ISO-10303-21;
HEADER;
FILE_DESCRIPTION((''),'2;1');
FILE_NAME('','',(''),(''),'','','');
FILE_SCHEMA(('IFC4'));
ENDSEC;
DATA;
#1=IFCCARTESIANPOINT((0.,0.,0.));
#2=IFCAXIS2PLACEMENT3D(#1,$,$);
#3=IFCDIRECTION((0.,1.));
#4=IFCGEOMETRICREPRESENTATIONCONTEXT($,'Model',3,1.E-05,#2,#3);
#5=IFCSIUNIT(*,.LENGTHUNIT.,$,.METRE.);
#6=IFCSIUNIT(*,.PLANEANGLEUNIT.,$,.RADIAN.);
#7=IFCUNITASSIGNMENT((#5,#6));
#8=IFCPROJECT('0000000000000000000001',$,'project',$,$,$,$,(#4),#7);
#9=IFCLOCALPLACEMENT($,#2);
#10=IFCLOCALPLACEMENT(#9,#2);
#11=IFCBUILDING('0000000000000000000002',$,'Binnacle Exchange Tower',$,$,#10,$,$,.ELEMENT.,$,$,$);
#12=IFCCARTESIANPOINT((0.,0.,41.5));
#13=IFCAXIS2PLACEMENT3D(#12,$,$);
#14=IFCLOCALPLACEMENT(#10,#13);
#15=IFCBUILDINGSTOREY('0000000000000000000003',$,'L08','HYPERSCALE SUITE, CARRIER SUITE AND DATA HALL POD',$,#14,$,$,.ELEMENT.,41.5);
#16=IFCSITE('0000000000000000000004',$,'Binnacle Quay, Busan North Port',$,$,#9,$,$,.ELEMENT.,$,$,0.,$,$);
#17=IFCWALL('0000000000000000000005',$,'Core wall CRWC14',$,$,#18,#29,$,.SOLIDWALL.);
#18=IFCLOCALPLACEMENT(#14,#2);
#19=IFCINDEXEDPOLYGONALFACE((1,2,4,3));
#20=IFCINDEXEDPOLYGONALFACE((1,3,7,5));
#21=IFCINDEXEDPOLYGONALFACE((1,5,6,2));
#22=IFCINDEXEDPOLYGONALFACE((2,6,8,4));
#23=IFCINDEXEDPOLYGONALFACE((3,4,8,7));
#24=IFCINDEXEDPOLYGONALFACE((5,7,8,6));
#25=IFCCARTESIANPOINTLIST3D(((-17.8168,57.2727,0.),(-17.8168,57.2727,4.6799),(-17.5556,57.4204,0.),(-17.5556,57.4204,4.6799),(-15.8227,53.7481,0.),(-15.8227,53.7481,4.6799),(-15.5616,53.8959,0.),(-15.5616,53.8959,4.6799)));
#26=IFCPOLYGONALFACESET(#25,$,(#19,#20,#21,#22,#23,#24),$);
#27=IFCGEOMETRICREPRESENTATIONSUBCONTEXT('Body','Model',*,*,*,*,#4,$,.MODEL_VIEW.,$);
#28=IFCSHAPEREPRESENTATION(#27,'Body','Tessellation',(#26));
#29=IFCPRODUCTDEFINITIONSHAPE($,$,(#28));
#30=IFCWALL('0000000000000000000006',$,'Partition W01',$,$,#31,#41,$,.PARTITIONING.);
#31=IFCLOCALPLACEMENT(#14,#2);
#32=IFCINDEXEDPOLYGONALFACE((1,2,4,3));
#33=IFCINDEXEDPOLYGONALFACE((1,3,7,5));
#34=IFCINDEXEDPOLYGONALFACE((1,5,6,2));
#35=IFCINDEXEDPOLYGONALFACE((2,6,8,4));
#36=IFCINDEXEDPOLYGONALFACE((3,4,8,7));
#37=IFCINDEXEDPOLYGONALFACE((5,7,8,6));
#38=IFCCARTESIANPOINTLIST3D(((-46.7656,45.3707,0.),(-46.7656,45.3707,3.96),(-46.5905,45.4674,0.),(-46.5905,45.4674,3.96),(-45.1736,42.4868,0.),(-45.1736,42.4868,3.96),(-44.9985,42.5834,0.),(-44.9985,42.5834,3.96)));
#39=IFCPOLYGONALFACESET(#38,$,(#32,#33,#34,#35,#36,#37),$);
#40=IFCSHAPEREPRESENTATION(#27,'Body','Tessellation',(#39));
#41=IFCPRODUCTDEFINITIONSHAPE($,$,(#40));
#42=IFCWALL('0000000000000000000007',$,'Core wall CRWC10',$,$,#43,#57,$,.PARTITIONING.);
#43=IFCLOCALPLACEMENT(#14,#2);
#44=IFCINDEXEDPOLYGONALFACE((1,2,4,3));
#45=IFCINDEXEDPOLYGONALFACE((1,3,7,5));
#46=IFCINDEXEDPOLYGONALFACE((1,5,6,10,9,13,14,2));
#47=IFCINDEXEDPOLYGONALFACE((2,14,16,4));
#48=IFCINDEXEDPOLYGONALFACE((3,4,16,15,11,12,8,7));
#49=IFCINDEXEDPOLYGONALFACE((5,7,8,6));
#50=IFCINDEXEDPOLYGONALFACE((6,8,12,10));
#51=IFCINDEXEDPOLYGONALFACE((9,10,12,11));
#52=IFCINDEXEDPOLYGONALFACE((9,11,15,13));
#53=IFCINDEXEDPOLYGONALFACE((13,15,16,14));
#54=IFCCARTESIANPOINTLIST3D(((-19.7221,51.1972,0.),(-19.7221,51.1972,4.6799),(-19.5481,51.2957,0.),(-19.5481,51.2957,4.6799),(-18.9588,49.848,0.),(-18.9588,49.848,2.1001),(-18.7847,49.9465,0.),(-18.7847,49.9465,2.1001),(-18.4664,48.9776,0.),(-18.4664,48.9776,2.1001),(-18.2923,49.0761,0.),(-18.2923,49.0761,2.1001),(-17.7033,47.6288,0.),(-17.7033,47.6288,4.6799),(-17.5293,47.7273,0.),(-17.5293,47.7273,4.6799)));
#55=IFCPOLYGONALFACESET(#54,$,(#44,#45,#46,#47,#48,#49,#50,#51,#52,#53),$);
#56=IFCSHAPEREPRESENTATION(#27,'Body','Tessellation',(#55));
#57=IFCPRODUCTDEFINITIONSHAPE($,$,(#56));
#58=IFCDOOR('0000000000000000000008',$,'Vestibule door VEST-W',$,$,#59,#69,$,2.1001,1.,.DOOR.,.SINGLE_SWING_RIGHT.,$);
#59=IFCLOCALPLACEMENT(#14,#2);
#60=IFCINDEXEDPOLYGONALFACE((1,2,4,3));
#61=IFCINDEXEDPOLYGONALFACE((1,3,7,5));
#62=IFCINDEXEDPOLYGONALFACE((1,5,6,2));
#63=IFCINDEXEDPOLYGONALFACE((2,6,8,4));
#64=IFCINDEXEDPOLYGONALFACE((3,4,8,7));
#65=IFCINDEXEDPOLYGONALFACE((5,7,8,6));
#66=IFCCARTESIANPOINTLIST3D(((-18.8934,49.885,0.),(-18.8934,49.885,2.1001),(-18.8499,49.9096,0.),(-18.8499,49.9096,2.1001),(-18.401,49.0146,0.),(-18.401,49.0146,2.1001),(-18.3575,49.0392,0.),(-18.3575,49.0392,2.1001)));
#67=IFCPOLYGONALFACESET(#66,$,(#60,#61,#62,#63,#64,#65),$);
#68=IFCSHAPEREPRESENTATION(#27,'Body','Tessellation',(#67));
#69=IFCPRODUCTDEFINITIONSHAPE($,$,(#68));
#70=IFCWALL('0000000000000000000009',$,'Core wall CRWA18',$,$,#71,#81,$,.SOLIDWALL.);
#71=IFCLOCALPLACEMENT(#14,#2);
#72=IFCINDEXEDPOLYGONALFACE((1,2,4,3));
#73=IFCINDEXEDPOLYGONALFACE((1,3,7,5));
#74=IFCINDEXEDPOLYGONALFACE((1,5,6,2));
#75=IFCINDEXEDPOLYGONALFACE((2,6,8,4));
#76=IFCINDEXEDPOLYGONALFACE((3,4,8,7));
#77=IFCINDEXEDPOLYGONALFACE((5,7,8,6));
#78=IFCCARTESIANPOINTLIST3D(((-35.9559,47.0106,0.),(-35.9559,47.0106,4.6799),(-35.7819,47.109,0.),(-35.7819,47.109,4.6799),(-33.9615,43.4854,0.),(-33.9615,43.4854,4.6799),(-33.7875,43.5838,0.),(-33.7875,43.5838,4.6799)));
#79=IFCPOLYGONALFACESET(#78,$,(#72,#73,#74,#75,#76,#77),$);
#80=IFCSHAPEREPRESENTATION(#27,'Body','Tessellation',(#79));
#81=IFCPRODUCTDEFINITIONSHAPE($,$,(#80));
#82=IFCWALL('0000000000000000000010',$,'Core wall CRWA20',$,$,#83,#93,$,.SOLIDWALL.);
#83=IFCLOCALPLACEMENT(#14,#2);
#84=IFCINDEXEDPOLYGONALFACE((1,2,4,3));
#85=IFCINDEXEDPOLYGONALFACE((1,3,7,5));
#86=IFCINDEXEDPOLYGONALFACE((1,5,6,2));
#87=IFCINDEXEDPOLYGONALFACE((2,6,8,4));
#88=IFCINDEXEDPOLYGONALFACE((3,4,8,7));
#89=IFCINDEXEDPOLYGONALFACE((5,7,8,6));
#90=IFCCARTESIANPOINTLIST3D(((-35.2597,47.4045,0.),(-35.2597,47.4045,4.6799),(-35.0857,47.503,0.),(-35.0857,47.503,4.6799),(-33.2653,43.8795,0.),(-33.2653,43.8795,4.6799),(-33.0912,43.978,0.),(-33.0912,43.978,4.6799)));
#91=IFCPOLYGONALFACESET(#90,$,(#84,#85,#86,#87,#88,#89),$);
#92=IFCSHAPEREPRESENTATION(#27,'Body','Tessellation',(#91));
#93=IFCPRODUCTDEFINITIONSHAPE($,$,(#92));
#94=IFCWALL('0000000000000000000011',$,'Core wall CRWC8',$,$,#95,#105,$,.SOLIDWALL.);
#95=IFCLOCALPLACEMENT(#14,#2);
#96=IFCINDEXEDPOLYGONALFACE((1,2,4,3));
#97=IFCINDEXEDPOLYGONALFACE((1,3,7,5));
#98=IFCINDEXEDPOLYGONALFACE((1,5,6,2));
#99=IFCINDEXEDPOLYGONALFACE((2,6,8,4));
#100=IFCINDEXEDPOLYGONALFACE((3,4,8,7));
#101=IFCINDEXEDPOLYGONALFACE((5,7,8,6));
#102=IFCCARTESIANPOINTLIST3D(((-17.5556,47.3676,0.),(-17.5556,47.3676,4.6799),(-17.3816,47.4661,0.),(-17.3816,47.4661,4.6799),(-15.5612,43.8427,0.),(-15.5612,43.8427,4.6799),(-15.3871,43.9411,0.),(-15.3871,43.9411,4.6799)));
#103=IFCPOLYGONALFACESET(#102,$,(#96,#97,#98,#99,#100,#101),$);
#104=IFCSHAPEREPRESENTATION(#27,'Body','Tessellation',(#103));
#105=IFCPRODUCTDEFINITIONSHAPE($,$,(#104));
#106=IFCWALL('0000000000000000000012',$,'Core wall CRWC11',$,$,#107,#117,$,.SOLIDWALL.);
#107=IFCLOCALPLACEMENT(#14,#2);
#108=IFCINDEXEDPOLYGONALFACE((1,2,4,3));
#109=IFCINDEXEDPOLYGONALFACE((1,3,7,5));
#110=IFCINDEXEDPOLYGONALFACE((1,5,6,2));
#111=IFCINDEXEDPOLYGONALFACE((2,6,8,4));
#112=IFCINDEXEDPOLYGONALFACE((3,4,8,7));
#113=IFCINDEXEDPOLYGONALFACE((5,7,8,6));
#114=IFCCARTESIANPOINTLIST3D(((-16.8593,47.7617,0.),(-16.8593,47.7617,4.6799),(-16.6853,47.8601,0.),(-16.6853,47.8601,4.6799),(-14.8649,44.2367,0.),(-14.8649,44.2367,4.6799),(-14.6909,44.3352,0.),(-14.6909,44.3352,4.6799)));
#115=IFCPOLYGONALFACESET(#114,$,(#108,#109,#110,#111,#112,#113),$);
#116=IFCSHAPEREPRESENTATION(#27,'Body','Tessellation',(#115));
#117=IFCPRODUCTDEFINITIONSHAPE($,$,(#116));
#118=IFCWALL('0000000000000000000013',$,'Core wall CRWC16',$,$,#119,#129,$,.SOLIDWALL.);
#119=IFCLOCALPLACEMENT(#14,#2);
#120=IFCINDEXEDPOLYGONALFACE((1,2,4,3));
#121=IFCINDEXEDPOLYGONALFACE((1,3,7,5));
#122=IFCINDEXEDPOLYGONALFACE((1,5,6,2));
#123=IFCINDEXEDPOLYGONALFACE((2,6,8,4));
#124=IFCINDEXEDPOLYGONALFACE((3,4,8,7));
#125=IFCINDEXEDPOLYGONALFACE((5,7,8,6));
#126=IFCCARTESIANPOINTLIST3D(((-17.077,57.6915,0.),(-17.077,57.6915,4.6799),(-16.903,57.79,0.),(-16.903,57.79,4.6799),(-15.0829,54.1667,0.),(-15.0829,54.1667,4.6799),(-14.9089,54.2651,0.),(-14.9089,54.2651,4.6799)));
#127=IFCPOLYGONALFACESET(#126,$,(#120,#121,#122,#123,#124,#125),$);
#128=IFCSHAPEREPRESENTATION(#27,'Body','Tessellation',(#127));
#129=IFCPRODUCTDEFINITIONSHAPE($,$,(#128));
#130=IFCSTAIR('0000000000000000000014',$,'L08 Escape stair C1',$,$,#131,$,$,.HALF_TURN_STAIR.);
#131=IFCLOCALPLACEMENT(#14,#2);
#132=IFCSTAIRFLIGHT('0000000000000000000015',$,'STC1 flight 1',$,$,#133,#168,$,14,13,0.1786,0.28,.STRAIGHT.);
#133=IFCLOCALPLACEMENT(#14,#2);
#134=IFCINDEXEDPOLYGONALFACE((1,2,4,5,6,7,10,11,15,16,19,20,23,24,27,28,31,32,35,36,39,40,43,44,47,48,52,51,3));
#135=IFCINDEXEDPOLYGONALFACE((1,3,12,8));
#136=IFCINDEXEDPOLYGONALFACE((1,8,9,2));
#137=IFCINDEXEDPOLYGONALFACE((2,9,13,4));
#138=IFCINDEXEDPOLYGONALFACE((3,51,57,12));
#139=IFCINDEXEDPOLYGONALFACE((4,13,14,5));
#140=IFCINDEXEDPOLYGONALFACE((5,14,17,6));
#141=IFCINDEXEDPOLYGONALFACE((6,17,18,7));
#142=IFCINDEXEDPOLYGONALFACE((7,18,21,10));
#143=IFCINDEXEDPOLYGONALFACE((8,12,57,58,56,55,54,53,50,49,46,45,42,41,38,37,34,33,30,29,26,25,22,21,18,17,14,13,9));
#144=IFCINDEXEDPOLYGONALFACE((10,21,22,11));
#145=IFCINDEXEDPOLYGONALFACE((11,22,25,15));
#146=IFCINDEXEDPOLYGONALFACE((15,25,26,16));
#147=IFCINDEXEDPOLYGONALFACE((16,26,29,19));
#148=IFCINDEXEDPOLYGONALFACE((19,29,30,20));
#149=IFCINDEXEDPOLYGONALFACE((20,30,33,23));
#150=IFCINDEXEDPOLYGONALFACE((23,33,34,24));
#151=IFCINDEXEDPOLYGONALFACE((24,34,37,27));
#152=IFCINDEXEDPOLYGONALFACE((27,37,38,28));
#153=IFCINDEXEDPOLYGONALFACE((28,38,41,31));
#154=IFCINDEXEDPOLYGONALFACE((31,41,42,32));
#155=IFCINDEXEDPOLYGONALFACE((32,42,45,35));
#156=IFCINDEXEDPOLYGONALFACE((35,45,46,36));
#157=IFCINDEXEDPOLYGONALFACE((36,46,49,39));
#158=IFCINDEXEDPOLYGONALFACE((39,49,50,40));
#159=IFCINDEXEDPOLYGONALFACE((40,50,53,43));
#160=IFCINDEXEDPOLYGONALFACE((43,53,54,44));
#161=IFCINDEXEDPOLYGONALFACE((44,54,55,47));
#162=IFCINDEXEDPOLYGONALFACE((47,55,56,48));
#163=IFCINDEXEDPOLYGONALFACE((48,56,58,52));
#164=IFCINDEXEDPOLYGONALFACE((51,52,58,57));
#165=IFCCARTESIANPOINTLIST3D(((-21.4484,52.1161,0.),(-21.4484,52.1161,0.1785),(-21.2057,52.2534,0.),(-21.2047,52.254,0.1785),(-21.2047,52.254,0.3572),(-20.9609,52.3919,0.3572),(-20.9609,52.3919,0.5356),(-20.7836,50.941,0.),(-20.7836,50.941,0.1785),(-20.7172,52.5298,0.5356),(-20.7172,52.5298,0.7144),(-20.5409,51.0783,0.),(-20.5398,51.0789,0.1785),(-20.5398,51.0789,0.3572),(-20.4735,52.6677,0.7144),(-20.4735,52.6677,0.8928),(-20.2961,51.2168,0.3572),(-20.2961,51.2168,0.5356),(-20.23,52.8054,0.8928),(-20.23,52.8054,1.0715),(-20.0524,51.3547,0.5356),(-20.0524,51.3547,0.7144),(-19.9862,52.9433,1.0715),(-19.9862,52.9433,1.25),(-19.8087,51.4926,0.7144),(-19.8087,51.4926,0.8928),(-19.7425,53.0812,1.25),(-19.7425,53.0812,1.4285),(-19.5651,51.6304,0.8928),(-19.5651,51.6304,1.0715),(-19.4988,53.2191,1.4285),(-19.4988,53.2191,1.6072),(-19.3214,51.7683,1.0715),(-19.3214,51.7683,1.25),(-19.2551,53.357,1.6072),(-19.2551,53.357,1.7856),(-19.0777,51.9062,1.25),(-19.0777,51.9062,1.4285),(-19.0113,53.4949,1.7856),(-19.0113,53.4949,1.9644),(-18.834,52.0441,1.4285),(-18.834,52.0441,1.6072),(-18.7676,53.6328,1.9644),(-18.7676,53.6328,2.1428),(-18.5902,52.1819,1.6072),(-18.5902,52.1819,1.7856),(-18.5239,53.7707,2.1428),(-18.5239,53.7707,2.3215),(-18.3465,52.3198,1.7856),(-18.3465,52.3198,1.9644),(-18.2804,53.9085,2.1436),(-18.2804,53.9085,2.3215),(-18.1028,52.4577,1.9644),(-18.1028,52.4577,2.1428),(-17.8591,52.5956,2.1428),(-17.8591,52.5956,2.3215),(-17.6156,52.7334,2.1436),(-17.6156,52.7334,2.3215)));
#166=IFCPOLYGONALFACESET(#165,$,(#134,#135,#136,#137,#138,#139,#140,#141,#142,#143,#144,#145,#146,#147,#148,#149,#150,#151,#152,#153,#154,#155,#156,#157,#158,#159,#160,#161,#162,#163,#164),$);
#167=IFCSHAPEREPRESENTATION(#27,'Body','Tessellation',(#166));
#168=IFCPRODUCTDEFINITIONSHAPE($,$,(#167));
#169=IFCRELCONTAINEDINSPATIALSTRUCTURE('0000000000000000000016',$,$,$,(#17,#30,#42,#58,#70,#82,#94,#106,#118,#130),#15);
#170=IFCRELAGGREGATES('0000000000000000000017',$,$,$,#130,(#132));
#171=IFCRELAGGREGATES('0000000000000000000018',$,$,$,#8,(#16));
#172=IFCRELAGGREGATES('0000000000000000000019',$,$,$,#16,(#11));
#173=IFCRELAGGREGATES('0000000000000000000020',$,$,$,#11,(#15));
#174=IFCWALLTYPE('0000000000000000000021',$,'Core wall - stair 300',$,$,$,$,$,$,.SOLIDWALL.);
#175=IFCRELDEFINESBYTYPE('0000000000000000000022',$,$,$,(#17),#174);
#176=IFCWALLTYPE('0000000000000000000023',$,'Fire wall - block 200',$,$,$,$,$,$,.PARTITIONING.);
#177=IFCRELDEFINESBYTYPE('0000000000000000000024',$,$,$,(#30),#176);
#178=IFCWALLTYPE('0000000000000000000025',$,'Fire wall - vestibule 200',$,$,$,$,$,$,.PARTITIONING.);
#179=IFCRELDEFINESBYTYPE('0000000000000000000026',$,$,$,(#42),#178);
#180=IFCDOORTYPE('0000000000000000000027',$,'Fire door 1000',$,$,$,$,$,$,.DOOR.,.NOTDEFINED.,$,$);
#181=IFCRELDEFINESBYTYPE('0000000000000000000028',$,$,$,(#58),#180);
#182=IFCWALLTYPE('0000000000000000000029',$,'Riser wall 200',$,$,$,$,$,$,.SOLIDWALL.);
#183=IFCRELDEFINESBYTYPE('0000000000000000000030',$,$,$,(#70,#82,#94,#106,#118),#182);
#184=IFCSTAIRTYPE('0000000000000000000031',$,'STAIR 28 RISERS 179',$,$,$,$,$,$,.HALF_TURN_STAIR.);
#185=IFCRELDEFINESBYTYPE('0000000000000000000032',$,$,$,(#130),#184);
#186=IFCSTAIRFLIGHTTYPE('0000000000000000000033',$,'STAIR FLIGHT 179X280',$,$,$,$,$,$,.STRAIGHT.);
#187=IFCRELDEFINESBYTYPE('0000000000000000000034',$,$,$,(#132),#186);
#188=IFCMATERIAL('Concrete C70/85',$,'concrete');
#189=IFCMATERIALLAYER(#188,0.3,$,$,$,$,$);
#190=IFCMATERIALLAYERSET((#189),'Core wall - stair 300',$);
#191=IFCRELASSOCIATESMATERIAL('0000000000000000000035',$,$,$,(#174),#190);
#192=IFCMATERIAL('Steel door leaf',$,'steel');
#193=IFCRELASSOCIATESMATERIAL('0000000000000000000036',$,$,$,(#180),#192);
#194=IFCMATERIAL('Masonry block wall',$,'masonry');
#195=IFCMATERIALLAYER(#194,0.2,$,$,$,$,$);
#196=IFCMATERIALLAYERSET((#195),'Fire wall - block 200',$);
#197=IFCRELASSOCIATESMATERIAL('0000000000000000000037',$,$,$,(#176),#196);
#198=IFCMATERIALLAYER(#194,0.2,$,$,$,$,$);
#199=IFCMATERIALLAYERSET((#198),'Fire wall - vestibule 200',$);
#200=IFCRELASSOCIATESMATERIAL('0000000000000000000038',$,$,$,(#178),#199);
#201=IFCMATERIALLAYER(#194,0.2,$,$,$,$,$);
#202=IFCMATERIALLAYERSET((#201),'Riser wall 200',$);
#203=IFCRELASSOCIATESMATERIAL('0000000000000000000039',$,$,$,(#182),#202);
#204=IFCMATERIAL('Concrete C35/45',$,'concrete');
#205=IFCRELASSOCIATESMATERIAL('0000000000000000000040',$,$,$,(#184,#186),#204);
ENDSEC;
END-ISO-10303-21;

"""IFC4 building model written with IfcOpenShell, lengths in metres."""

from ifc_helpers import new_model, si_unit, direction, frame, frame_2d, origin, place, context, subcontext, project, spatial, polyline, rectangle, outline, extrude, material, layer, layer_set, type_object, element, fill, aggregate, save


model = new_model("IFC4")

# Units and contexts
model_context = context("Model", 3, precision=1e-05, world=origin(), true_north=direction((0.0, 1.0)))
body_context = subcontext(model_context, "Body", "Model", "MODEL_VIEW")
ifc_project = project(units=[si_unit("LENGTHUNIT", "METRE"), si_unit("PLANEANGLEUNIT", "RADIAN")], contexts=[model_context])

# Site, building, storey
site_placement = place(None, origin())
site = spatial("IfcSite", under=ifc_project, at=site_placement, Name="Binnacle Quay, Busan North Port", CompositionType="ELEMENT", RefElevation=0.0)
building_placement = place(site_placement, origin())
building = spatial("IfcBuilding", under=site, at=building_placement, Name="Binnacle Exchange Tower", CompositionType="ELEMENT")
storey_placement = place(building_placement, frame((0.0, 0.0, 41.5)))
storey = spatial("IfcBuildingStorey", under=building, at=storey_placement, Name="L08", Description="HYPERSCALE SUITE, CARRIER SUITE AND DATA HALL POD", CompositionType="ELEMENT", Elevation=41.5)

# Shared definitions
ifc_material_1 = material(Name="Concrete C70/85", Category="concrete")

# Shared definitions
ifc_material_2 = material(Name="Steel door leaf", Category="steel")

# Shared definitions
ifc_layer_1 = layer(ifc_material_1, 0.3)
ifc_layer_set_1 = layer_set([ifc_layer_1], Name="Core wall - stair 300")
wall_type_1 = type_object("IfcWallType", Name="Core wall - stair 300", PredefinedType="SOLIDWALL", material=ifc_layer_set_1)
door_type_1 = type_object("IfcDoorType", Name="Fire door 1000", OperationType="NOTDEFINED", PredefinedType="DOOR", material=ifc_material_2)

# Walls
wall_1_placement = place(storey_placement, frame((-17.6863, 57.3467, 0.0), z_axis=(0.0, 0.0, 1.0), x_axis=(0.492421, -0.870357, 0.0)))
element("IfcWall", 1, at=wall_1_placement, inside=storey, type_object=wall_type_1, Name="Core wall CRWC14", PredefinedType="SOLIDWALL", context=body_context, shape_type="SweptSolid", body=[
    extrude(rectangle(XDim=4.0496, YDim=0.3, at=frame_2d((2.0249, 0.0))), origin(), (0.0, 0.0, 1.0), 4.6799),
])
ifc_material_3 = material(Name="Masonry block wall", Category="masonry")
ifc_layer_2 = layer(ifc_material_3, 0.2)
ifc_layer_set_2 = layer_set([ifc_layer_2], Name="Fire wall - block 200")
wall_type_2 = type_object("IfcWallType", Name="Fire wall - block 200", PredefinedType="PARTITIONING", material=ifc_layer_set_2)
wall_2_placement = place(storey_placement, frame((-46.678, 45.4189, 0.0), z_axis=(0.0, 0.0, 1.0), x_axis=(0.483275, -0.875468, 0.0)))
element("IfcWall", 2, at=wall_2_placement, inside=storey, type_object=wall_type_2, Name="Partition W01", PredefinedType="PARTITIONING", context=body_context, shape_type="SweptSolid", body=[
    extrude(rectangle(XDim=3.2942, YDim=0.2, at=frame_2d((1.647, 0.0))), origin(), (0.0, 0.0, 1.0), 3.96),
])

# Wall, opening, door
ifc_layer_3 = layer(ifc_material_3, 0.2)
ifc_layer_set_3 = layer_set([ifc_layer_3], Name="Fire wall - vestibule 200")
wall_type_3 = type_object("IfcWallType", Name="Fire wall - vestibule 200", PredefinedType="PARTITIONING", material=ifc_layer_set_3)
wall_3_placement = place(storey_placement, frame((-19.635, 51.2463, 0.0), z_axis=(0.0, 0.0, 1.0), x_axis=(0.492408, -0.870364, 0.0)))
wall_3 = element("IfcWall", 3, at=wall_3_placement, inside=storey, type_object=wall_type_3, Name="Core wall CRWC10", PredefinedType="PARTITIONING", context=body_context, shape_type="SweptSolid", body=[
    extrude(rectangle(XDim=4.0999, YDim=0.2, at=frame_2d((2.0498, 0.0))), origin(), (0.0, 0.0, 1.0), 4.6799),
])
opening_1_placement = place(wall_3_placement, frame((1.55, 0.0, 0.0)))
opening_1 = element("IfcOpeningElement", 4, at=opening_1_placement, cuts=wall_3, PredefinedType="OPENING", context=body_context, shape_type="SweptSolid", body=[
    extrude(rectangle(XDim=1.0, YDim=2.1001, at=frame_2d((0.5, 1.05))), frame((0.0, 0.1099, 0.0), z_axis=(0.0, -1.0, 0.0), x_axis=(1.0, 0.0, 0.0)), (0.0, 0.0, 1.0), 0.22),
])
door_1_placement = place(opening_1_placement, frame((1.0, 0.0, 0.0), z_axis=(0.0, 0.0, 1.0), x_axis=(-1.0, 0.0, 0.0)))
door_1 = element("IfcDoor", 5, at=door_1_placement, inside=storey, type_object=door_type_1, Name="Vestibule door VEST-W", OperationType="SINGLE_SWING_RIGHT", OverallHeight=2.1001, OverallWidth=1.0, PredefinedType="DOOR", context=body_context, shape_type="SweptSolid", body=[
    extrude(rectangle(XDim=1.0, YDim=2.1001, at=frame_2d((0.5, 1.05))), frame((0.0, 0.0249, 0.0), z_axis=(0.0, -1.0, 0.0), x_axis=(1.0, 0.0, 0.0)), (0.0, 0.0, 1.0), 0.05),
])
fill(opening_1, door_1)

# Walls
ifc_layer_4 = layer(ifc_material_3, 0.2)
ifc_layer_set_4 = layer_set([ifc_layer_4], Name="Riser wall 200")
wall_type_4 = type_object("IfcWallType", Name="Riser wall 200", PredefinedType="SOLIDWALL", material=ifc_layer_set_4)
wall_4_placement = place(storey_placement, frame((-35.8689, 47.0598, 0.0), z_axis=(0.0, 0.0, 1.0), x_axis=(0.492415, -0.870361, 0.0)))
element("IfcWall", 6, at=wall_4_placement, inside=storey, type_object=wall_type_4, Name="Core wall CRWA18", PredefinedType="SOLIDWALL", context=body_context, shape_type="SweptSolid", body=[
    extrude(rectangle(XDim=4.0503, YDim=0.2, at=frame_2d((2.0251, 0.0))), origin(), (0.0, 0.0, 1.0), 4.6799),
])
for number, where, z_axis, x_axis, name in (
    (7, (-35.1726, 47.4536, 0.0), (0.0, 0.0, 1.0), (0.492441, -0.870346, 0.0), "Core wall CRWA20"),
    (8, (-17.4685, 47.4167, 0.0), (0.0, 0.0, 1.0), (0.492441, -0.870346, 0.0), "Core wall CRWC8"),
    (9, (-16.7722, 47.8108, 0.0), (0.0, 0.0, 1.0), (0.492441, -0.870346, 0.0), "Core wall CRWC11"),
):
    element("IfcWall", number, at=place(storey_placement, frame(where, z_axis=z_axis, x_axis=x_axis)), inside=storey, type_object=wall_type_4, Name=name, PredefinedType="SOLIDWALL", context=body_context, shape_type="SweptSolid", body=[
        extrude(rectangle(XDim=4.05, YDim=0.2, at=frame_2d((2.0249, 0.0))), origin(), (0.0, 0.0, 1.0), 4.6799),
    ])
wall_5_placement = place(storey_placement, frame((-16.99, 57.7407, 0.0), z_axis=(0.0, 0.0, 1.0), x_axis=(0.492395, -0.870372, 0.0)))
element("IfcWall", 10, at=wall_5_placement, inside=storey, type_object=wall_type_4, Name="Core wall CRWC16", PredefinedType="SOLIDWALL", context=body_context, shape_type="SweptSolid", body=[
    extrude(rectangle(XDim=4.0498, YDim=0.2, at=frame_2d((2.0249, 0.0))), origin(), (0.0, 0.0, 1.0), 4.6799),
])

# Stair, stair flight
ifc_material_4 = material(Name="Concrete C35/45", Category="concrete")
stair_type = type_object("IfcStairType", Name="STAIR 28 RISERS 179", PredefinedType="HALF_TURN_STAIR", material=ifc_material_4)
stair_placement = place(storey_placement, origin())
stair = element("IfcStair", 11, at=stair_placement, inside=storey, type_object=stair_type, Name="L08 Escape stair C1", PredefinedType="HALF_TURN_STAIR")
stair_flight_type = type_object("IfcStairFlightType", Name="STAIR FLIGHT 179X280", PredefinedType="STRAIGHT", material=ifc_material_4)
stair_flight_1_placement = place(storey_placement, frame((-21.116, 51.5286, 0.0), z_axis=(0.0, 0.0, 1.0), x_axis=(0.870356, 0.492424, 0.0)))
stair_flight_1 = element("IfcStairFlight", 12, at=stair_flight_1_placement, type_object=stair_flight_type, Name="STC1 flight 1", NumberOfRisers=14, NumberOfTreads=13, PredefinedType="STRAIGHT", RiserHeight=0.1786, TreadLength=0.28, context=body_context, shape_type="SweptSolid", body=[
    extrude(outline(polyline([(0.0, 0.0), (0.0, 0.1785), (0.28, 0.1785), (0.28, 0.3572), (0.5601, 0.3572), (0.5601, 0.5356), (0.8401, 0.5356), (0.8401, 0.7144), (1.1201, 0.7144), (1.1201, 0.8928), (1.3999, 0.8928), (1.3999, 1.0715), (1.6799, 1.0715), (1.6799, 1.25), (1.96, 1.25), (1.96, 1.4285), (2.24, 1.4285), (2.24, 1.6072), (2.52, 1.6072), (2.52, 1.7856), (2.8, 1.7856), (2.8, 1.9644), (3.0801, 1.9644), (3.0801, 2.1428), (3.3601, 2.1428), (3.3601, 2.3215), (3.6399, 2.3215), (3.6399, 2.5), (3.6399, 2.1436), (0.2788, 0.0), (0.0, 0.0)])), frame((0.0, 0.675, 0.0), z_axis=(0.0, -1.0, 0.0), x_axis=(1.0, 0.0, 0.0)), (0.0, 0.0, 1.0), 1.3501),
])
aggregate(stair, [stair_flight_1])

save(model, "model.ifc")
